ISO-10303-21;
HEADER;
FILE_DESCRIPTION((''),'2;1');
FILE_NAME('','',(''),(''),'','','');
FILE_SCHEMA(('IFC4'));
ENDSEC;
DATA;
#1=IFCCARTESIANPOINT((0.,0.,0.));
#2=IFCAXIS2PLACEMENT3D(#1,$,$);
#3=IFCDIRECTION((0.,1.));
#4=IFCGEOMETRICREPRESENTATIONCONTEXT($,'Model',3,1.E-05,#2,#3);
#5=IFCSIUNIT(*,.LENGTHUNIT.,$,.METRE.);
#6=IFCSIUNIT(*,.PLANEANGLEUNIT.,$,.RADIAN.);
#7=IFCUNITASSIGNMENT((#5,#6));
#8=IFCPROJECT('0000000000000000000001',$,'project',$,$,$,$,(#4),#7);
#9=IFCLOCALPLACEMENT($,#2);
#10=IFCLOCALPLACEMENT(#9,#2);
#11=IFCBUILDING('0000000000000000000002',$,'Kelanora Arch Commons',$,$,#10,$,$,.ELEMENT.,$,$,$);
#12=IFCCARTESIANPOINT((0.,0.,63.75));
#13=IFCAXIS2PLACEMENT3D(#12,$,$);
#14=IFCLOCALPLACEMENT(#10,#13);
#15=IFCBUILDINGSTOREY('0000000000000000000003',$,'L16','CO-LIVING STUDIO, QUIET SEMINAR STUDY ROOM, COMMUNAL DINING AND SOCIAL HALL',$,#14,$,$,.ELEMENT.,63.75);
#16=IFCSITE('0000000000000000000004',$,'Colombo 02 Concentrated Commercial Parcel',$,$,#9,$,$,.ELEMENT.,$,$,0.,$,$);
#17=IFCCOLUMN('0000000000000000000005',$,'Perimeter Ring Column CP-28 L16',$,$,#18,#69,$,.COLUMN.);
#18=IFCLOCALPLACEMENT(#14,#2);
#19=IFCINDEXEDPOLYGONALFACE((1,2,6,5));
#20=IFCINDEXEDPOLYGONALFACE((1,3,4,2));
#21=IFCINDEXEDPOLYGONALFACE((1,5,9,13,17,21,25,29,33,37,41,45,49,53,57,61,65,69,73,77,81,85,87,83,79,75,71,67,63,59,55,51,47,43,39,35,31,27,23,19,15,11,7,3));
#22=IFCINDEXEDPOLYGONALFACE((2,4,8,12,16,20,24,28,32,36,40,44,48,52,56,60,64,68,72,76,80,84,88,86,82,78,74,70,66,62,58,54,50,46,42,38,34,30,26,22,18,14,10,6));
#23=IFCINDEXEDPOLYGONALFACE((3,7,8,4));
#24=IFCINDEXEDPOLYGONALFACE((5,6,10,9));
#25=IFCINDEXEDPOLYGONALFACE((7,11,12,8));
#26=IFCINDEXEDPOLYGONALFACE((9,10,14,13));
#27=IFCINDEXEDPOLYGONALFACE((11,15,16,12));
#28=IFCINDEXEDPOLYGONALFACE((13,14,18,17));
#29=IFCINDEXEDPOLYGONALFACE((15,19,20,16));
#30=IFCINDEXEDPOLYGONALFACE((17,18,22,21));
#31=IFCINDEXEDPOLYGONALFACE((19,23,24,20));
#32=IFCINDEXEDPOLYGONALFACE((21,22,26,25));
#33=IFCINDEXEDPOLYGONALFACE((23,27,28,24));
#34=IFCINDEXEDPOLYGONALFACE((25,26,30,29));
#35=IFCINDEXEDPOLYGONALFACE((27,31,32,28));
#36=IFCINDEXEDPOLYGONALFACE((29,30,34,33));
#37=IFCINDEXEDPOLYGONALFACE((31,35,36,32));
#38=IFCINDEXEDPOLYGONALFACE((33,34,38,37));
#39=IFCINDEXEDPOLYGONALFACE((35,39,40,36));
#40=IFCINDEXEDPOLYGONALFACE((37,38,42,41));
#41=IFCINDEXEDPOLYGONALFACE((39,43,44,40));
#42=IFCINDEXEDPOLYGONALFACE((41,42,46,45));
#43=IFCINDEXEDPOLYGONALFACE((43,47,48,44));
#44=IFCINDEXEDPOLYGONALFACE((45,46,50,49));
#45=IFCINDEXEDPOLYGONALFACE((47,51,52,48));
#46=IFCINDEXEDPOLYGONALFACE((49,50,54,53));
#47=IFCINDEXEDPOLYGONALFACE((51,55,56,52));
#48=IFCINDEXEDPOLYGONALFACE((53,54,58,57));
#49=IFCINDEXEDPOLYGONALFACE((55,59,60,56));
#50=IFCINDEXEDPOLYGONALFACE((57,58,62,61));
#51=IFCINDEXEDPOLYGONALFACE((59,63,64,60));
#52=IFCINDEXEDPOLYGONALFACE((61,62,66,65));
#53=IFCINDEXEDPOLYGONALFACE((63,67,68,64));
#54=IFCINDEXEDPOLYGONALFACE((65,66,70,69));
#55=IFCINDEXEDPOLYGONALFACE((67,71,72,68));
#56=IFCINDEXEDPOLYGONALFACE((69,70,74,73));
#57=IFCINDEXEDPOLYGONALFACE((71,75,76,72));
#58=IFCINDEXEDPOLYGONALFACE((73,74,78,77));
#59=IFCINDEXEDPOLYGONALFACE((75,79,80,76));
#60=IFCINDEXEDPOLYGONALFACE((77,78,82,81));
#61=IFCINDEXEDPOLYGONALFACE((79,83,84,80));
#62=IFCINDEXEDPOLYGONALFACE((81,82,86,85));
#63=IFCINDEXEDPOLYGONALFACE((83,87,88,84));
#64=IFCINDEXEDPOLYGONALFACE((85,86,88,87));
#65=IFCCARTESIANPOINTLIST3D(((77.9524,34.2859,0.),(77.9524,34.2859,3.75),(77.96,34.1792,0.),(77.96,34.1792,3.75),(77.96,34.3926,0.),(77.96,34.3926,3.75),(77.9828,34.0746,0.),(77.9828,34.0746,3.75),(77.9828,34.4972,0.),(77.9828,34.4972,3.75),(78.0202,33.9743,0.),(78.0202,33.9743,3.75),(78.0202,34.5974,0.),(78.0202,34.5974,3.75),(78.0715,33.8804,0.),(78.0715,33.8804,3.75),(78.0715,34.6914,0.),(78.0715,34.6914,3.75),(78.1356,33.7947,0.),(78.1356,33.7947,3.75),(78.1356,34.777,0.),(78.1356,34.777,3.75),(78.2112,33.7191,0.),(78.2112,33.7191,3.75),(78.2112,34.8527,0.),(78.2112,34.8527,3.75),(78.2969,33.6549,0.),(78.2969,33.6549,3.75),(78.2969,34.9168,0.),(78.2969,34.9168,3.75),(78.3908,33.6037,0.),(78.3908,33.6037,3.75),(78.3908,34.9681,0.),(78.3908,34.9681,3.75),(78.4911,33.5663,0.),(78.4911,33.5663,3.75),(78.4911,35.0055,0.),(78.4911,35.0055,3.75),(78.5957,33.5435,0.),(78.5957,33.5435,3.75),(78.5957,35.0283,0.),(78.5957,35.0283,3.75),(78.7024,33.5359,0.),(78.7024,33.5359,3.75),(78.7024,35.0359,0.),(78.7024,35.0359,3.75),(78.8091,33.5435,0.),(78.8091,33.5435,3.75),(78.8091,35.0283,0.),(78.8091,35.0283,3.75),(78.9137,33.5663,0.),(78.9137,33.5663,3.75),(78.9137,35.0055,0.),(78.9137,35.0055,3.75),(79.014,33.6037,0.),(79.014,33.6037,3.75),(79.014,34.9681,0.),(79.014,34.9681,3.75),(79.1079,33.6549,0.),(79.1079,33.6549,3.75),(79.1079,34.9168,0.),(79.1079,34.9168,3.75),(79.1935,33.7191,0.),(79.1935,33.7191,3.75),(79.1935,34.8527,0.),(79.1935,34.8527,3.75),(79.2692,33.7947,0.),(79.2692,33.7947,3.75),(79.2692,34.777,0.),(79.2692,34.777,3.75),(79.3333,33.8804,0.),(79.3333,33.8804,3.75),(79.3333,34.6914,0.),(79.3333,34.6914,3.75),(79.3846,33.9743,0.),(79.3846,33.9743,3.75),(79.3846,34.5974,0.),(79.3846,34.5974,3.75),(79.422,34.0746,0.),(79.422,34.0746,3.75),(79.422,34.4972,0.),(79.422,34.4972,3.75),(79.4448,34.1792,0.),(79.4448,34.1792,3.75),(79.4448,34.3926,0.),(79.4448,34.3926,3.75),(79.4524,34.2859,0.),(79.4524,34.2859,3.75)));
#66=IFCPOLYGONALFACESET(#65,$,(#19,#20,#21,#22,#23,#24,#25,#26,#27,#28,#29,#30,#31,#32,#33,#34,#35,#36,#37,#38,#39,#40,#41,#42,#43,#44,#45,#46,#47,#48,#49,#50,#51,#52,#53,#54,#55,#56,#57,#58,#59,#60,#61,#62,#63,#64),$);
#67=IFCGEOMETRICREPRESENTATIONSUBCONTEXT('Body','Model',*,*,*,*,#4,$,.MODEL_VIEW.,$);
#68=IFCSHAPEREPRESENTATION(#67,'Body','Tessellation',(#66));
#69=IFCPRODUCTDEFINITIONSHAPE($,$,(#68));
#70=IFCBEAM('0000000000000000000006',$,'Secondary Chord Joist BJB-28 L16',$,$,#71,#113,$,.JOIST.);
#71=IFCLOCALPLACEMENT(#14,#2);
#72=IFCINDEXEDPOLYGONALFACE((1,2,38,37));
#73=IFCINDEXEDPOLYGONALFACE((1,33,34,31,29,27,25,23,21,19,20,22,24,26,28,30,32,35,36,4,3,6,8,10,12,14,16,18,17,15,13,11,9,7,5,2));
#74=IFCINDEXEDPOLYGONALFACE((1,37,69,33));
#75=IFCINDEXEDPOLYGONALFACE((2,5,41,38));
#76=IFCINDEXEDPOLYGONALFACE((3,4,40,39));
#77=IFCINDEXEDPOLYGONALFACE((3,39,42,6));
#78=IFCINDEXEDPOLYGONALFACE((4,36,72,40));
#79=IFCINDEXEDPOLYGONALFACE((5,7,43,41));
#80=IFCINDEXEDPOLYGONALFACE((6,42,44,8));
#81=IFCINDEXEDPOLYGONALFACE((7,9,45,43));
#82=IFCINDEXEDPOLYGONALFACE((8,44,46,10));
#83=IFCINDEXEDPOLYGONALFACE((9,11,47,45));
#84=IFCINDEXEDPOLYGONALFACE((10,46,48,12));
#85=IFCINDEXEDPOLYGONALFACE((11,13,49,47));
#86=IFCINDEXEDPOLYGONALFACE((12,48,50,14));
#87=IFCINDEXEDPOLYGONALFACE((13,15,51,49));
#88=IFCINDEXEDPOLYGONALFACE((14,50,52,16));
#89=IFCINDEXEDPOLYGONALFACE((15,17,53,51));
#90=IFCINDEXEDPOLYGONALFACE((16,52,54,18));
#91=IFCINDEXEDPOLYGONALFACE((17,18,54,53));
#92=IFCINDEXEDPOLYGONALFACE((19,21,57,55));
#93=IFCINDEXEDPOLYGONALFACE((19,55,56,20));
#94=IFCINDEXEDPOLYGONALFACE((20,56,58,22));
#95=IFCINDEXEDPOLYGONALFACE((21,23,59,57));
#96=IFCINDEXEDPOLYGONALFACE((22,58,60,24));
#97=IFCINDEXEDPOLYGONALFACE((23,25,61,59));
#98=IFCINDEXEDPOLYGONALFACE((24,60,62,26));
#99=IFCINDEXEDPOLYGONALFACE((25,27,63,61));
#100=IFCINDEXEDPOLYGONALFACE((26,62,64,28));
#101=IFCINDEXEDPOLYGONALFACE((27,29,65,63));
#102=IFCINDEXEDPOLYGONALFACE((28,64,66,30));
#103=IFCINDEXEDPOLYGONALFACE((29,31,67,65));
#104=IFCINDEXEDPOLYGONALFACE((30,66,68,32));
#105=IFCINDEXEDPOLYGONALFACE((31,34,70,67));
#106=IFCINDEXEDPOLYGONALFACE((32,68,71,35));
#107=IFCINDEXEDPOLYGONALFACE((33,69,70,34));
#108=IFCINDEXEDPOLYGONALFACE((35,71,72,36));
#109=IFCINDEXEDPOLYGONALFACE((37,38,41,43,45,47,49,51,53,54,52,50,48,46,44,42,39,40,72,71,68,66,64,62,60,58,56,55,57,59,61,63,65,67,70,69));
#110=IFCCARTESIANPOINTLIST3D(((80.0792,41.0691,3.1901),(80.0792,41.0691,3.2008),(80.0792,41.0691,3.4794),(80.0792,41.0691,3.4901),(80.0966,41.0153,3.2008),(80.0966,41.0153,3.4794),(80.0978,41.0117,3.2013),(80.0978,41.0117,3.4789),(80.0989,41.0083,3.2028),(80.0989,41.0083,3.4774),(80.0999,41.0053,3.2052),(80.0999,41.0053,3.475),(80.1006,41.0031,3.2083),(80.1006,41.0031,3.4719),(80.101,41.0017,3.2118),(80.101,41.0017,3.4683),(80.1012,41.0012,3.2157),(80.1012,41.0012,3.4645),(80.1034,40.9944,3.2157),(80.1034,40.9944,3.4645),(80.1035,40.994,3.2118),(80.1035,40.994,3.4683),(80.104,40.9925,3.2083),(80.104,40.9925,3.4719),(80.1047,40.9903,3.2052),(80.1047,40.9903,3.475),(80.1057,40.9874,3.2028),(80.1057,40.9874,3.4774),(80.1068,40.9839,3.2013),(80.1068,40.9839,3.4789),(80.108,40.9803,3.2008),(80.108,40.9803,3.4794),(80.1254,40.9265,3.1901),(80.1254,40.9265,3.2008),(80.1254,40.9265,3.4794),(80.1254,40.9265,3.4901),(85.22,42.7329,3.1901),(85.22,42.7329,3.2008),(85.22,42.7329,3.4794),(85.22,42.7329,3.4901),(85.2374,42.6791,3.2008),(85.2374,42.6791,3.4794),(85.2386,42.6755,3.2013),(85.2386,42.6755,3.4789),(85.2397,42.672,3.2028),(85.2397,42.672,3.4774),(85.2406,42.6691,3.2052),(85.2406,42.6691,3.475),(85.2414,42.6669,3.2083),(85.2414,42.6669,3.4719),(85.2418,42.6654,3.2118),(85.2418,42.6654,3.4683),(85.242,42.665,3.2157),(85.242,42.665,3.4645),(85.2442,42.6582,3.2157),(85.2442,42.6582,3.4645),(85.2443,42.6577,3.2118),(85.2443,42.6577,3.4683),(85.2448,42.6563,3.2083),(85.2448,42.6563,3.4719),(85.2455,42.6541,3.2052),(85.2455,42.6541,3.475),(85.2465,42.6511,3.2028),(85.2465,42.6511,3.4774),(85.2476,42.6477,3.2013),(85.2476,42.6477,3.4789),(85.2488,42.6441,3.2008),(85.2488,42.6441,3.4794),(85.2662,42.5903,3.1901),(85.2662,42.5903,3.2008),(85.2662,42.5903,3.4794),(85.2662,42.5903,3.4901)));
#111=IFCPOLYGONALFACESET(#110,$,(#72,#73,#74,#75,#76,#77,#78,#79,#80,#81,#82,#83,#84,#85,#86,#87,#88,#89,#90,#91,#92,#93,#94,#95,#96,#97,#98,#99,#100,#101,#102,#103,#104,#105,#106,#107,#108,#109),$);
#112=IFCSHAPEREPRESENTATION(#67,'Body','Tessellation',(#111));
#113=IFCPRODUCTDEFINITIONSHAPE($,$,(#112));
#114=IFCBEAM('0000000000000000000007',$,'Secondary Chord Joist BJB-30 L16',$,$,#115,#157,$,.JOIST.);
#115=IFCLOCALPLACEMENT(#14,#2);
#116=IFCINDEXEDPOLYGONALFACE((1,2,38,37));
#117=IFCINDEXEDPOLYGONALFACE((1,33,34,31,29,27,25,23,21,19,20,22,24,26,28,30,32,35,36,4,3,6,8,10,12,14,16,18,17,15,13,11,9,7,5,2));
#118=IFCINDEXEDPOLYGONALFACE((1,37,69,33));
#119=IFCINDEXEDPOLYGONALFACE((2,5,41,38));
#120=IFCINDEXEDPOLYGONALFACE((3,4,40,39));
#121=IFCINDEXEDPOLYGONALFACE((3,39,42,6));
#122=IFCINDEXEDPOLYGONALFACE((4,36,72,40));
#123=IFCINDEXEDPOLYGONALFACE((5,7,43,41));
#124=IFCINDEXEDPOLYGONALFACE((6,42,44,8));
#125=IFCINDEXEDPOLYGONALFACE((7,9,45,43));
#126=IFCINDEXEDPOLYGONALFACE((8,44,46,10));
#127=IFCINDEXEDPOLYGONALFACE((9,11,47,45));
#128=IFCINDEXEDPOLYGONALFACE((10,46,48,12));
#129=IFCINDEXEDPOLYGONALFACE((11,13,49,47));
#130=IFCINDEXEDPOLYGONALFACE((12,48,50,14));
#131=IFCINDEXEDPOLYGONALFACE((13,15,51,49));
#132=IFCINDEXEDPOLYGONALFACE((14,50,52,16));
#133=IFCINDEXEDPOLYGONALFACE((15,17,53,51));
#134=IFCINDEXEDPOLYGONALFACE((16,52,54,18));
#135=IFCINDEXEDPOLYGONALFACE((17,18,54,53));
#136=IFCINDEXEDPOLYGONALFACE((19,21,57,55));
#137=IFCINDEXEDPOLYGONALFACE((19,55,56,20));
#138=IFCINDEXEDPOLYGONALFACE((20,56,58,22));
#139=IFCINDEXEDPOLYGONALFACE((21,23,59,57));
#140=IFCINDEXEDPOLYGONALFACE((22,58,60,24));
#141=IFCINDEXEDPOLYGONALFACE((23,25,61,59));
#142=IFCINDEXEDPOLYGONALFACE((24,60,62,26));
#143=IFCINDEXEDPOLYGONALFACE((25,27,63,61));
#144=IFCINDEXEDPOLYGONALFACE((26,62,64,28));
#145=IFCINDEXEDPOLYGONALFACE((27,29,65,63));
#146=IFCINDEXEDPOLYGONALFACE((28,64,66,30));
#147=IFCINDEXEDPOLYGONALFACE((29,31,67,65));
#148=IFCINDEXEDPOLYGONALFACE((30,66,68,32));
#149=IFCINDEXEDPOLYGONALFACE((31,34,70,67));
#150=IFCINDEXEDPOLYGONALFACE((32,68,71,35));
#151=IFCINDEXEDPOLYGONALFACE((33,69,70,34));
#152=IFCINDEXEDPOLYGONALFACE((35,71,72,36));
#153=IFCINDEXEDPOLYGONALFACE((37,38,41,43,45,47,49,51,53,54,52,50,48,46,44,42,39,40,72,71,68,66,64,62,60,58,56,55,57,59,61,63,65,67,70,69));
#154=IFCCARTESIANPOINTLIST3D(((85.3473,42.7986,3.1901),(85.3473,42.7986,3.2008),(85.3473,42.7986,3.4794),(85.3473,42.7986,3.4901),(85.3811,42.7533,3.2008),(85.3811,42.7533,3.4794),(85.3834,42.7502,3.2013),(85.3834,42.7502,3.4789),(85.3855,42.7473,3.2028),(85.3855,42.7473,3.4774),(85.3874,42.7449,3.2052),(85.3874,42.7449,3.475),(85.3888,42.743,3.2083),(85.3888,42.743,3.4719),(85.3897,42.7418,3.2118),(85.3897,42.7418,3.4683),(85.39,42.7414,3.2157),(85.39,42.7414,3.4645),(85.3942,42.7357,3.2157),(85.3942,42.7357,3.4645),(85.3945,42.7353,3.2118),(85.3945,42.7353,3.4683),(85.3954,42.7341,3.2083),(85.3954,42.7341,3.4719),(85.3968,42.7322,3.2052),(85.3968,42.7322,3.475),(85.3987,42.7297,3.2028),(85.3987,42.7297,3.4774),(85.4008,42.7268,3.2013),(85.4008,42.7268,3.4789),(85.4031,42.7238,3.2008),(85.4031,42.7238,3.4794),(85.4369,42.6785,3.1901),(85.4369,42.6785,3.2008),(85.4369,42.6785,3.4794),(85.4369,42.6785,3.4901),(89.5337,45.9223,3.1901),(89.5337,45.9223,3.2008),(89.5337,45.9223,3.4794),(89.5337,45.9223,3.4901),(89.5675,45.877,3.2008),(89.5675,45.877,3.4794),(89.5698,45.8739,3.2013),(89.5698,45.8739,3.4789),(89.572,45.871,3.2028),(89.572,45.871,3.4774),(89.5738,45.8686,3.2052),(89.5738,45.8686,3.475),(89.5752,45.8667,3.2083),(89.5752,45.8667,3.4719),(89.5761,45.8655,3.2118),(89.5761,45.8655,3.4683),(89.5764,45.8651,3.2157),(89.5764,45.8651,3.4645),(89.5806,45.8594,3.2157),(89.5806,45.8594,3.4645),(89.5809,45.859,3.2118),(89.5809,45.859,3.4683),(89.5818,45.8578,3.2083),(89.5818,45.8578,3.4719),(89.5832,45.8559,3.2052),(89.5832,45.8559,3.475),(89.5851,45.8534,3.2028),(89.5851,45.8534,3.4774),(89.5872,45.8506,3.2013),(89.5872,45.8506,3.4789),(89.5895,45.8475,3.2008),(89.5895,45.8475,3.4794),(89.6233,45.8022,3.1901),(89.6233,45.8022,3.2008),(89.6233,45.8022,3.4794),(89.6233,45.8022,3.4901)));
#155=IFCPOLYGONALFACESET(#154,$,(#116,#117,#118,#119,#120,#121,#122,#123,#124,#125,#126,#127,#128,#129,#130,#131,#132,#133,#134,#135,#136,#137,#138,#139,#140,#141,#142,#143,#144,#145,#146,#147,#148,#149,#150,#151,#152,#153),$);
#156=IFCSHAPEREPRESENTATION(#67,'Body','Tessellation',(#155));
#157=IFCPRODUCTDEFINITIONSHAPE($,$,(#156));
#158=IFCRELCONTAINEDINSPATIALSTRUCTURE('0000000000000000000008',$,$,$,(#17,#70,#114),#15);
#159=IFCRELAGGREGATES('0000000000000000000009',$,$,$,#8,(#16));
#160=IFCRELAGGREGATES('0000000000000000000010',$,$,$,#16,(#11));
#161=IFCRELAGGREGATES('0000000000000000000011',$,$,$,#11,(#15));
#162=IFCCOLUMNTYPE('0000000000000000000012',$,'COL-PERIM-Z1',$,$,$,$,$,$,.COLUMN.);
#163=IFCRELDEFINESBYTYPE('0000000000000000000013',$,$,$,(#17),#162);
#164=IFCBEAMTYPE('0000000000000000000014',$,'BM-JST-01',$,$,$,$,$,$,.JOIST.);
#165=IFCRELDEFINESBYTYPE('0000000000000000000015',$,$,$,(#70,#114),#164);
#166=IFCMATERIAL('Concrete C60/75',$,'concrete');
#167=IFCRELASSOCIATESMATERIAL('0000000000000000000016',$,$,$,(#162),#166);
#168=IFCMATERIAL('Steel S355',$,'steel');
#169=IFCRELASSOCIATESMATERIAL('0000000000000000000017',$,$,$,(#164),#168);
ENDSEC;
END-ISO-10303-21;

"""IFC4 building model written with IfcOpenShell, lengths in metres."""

from ifc_helpers import new_model, si_unit, direction, frame, origin, origin_2d, place, context, subcontext, project, spatial, circle, i_section, extrude, material, material_profile, profile_set, type_object, element, save


model = new_model("IFC4")

# Units and contexts
model_context = context("Model", 3, precision=1e-05, world=origin(), true_north=direction((0.0, 1.0)))
body_context = subcontext(model_context, "Body", "Model", "MODEL_VIEW")
ifc_project = project(units=[si_unit("LENGTHUNIT", "METRE"), si_unit("PLANEANGLEUNIT", "RADIAN")], contexts=[model_context])

# Site, building, storey
site_placement = place(None, origin())
site = spatial("IfcSite", under=ifc_project, at=site_placement, Name="Colombo 02 Concentrated Commercial Parcel", CompositionType="ELEMENT", RefElevation=0.0)
building_placement = place(site_placement, origin())
building = spatial("IfcBuilding", under=site, at=building_placement, Name="Kelanora Arch Commons", CompositionType="ELEMENT")
storey_placement = place(building_placement, frame((0.0, 0.0, 63.75)))
storey = spatial("IfcBuildingStorey", under=building, at=storey_placement, Name="L16", Description="CO-LIVING STUDIO, QUIET SEMINAR STUDY ROOM, COMMUNAL DINING AND SOCIAL HALL", CompositionType="ELEMENT", Elevation=63.75)

# Column
ifc_material_1 = material(Name="Concrete C60/75", Category="concrete")
ifc_material_profile_1 = material_profile(ifc_material_1, circle(Radius=0.75, at=origin_2d()), Name="RCC1500")
ifc_profile_set_1 = profile_set([ifc_material_profile_1], Name="Concrete C60/75")
column_type = type_object("IfcColumnType", Name="COL-PERIM-Z1", PredefinedType="COLUMN", material=ifc_profile_set_1)
column_placement = place(storey_placement, frame((78.7024, 34.2859, 0.0), z_axis=(0.0, 0.0, 1.0), x_axis=(1.0, 0.0, 0.0)))
element("IfcColumn", 1, at=column_placement, inside=storey, type_object=column_type, Name="Perimeter Ring Column CP-28 L16", PredefinedType="COLUMN", context=body_context, shape_type="SweptSolid", body=[
    extrude(circle(Radius=0.75, at=origin_2d()), origin(), (0.0, 0.0, 1.0), 3.75),
])

# Beams
ifc_material_2 = material(Name="Steel S355", Category="steel")
ifc_material_profile_2 = material_profile(ifc_material_2, i_section(OverallWidth=0.1499, OverallDepth=0.3, WebThickness=0.0071, FlangeThickness=0.0107, FilletRadius=0.0149, at=origin_2d()), Name="IPE300")
ifc_profile_set_2 = profile_set([ifc_material_profile_2], Name="Steel S355")
beam_type_1 = type_object("IfcBeamType", Name="BM-JST-01", PredefinedType="JOIST", material=ifc_profile_set_2)
beam_1_placement = place(storey_placement, frame((80.1023, 40.9978, 3.3401), z_axis=(0.951412, 0.30792, 0.0), x_axis=(-0.30792, 0.951412, 0.0)))
element("IfcBeam", 2, at=beam_1_placement, inside=storey, type_object=beam_type_1, Name="Secondary Chord Joist BJB-28 L16", PredefinedType="JOIST", context=body_context, shape_type="SweptSolid", body=[
    extrude(i_section(OverallWidth=0.1499, OverallDepth=0.3, WebThickness=0.0071, FlangeThickness=0.0107, FilletRadius=0.0149, at=origin_2d()), origin(), (0.0, 0.0, 1.0), 5.4033),
])
beam_2_placement = place(storey_placement, frame((85.3921, 42.7385, 3.3401), z_axis=(0.801478, 0.598024, 0.0), x_axis=(-0.598024, 0.801478, 0.0)))
element("IfcBeam", 3, at=beam_2_placement, inside=storey, type_object=beam_type_1, Name="Secondary Chord Joist BJB-30 L16", PredefinedType="JOIST", context=body_context, shape_type="SweptSolid", body=[
    extrude(i_section(OverallWidth=0.1499, OverallDepth=0.3, WebThickness=0.0071, FlangeThickness=0.0107, FilletRadius=0.0149, at=origin_2d()), origin(), (0.0, 0.0, 1.0), 5.2234),
])

save(model, "model.ifc")
